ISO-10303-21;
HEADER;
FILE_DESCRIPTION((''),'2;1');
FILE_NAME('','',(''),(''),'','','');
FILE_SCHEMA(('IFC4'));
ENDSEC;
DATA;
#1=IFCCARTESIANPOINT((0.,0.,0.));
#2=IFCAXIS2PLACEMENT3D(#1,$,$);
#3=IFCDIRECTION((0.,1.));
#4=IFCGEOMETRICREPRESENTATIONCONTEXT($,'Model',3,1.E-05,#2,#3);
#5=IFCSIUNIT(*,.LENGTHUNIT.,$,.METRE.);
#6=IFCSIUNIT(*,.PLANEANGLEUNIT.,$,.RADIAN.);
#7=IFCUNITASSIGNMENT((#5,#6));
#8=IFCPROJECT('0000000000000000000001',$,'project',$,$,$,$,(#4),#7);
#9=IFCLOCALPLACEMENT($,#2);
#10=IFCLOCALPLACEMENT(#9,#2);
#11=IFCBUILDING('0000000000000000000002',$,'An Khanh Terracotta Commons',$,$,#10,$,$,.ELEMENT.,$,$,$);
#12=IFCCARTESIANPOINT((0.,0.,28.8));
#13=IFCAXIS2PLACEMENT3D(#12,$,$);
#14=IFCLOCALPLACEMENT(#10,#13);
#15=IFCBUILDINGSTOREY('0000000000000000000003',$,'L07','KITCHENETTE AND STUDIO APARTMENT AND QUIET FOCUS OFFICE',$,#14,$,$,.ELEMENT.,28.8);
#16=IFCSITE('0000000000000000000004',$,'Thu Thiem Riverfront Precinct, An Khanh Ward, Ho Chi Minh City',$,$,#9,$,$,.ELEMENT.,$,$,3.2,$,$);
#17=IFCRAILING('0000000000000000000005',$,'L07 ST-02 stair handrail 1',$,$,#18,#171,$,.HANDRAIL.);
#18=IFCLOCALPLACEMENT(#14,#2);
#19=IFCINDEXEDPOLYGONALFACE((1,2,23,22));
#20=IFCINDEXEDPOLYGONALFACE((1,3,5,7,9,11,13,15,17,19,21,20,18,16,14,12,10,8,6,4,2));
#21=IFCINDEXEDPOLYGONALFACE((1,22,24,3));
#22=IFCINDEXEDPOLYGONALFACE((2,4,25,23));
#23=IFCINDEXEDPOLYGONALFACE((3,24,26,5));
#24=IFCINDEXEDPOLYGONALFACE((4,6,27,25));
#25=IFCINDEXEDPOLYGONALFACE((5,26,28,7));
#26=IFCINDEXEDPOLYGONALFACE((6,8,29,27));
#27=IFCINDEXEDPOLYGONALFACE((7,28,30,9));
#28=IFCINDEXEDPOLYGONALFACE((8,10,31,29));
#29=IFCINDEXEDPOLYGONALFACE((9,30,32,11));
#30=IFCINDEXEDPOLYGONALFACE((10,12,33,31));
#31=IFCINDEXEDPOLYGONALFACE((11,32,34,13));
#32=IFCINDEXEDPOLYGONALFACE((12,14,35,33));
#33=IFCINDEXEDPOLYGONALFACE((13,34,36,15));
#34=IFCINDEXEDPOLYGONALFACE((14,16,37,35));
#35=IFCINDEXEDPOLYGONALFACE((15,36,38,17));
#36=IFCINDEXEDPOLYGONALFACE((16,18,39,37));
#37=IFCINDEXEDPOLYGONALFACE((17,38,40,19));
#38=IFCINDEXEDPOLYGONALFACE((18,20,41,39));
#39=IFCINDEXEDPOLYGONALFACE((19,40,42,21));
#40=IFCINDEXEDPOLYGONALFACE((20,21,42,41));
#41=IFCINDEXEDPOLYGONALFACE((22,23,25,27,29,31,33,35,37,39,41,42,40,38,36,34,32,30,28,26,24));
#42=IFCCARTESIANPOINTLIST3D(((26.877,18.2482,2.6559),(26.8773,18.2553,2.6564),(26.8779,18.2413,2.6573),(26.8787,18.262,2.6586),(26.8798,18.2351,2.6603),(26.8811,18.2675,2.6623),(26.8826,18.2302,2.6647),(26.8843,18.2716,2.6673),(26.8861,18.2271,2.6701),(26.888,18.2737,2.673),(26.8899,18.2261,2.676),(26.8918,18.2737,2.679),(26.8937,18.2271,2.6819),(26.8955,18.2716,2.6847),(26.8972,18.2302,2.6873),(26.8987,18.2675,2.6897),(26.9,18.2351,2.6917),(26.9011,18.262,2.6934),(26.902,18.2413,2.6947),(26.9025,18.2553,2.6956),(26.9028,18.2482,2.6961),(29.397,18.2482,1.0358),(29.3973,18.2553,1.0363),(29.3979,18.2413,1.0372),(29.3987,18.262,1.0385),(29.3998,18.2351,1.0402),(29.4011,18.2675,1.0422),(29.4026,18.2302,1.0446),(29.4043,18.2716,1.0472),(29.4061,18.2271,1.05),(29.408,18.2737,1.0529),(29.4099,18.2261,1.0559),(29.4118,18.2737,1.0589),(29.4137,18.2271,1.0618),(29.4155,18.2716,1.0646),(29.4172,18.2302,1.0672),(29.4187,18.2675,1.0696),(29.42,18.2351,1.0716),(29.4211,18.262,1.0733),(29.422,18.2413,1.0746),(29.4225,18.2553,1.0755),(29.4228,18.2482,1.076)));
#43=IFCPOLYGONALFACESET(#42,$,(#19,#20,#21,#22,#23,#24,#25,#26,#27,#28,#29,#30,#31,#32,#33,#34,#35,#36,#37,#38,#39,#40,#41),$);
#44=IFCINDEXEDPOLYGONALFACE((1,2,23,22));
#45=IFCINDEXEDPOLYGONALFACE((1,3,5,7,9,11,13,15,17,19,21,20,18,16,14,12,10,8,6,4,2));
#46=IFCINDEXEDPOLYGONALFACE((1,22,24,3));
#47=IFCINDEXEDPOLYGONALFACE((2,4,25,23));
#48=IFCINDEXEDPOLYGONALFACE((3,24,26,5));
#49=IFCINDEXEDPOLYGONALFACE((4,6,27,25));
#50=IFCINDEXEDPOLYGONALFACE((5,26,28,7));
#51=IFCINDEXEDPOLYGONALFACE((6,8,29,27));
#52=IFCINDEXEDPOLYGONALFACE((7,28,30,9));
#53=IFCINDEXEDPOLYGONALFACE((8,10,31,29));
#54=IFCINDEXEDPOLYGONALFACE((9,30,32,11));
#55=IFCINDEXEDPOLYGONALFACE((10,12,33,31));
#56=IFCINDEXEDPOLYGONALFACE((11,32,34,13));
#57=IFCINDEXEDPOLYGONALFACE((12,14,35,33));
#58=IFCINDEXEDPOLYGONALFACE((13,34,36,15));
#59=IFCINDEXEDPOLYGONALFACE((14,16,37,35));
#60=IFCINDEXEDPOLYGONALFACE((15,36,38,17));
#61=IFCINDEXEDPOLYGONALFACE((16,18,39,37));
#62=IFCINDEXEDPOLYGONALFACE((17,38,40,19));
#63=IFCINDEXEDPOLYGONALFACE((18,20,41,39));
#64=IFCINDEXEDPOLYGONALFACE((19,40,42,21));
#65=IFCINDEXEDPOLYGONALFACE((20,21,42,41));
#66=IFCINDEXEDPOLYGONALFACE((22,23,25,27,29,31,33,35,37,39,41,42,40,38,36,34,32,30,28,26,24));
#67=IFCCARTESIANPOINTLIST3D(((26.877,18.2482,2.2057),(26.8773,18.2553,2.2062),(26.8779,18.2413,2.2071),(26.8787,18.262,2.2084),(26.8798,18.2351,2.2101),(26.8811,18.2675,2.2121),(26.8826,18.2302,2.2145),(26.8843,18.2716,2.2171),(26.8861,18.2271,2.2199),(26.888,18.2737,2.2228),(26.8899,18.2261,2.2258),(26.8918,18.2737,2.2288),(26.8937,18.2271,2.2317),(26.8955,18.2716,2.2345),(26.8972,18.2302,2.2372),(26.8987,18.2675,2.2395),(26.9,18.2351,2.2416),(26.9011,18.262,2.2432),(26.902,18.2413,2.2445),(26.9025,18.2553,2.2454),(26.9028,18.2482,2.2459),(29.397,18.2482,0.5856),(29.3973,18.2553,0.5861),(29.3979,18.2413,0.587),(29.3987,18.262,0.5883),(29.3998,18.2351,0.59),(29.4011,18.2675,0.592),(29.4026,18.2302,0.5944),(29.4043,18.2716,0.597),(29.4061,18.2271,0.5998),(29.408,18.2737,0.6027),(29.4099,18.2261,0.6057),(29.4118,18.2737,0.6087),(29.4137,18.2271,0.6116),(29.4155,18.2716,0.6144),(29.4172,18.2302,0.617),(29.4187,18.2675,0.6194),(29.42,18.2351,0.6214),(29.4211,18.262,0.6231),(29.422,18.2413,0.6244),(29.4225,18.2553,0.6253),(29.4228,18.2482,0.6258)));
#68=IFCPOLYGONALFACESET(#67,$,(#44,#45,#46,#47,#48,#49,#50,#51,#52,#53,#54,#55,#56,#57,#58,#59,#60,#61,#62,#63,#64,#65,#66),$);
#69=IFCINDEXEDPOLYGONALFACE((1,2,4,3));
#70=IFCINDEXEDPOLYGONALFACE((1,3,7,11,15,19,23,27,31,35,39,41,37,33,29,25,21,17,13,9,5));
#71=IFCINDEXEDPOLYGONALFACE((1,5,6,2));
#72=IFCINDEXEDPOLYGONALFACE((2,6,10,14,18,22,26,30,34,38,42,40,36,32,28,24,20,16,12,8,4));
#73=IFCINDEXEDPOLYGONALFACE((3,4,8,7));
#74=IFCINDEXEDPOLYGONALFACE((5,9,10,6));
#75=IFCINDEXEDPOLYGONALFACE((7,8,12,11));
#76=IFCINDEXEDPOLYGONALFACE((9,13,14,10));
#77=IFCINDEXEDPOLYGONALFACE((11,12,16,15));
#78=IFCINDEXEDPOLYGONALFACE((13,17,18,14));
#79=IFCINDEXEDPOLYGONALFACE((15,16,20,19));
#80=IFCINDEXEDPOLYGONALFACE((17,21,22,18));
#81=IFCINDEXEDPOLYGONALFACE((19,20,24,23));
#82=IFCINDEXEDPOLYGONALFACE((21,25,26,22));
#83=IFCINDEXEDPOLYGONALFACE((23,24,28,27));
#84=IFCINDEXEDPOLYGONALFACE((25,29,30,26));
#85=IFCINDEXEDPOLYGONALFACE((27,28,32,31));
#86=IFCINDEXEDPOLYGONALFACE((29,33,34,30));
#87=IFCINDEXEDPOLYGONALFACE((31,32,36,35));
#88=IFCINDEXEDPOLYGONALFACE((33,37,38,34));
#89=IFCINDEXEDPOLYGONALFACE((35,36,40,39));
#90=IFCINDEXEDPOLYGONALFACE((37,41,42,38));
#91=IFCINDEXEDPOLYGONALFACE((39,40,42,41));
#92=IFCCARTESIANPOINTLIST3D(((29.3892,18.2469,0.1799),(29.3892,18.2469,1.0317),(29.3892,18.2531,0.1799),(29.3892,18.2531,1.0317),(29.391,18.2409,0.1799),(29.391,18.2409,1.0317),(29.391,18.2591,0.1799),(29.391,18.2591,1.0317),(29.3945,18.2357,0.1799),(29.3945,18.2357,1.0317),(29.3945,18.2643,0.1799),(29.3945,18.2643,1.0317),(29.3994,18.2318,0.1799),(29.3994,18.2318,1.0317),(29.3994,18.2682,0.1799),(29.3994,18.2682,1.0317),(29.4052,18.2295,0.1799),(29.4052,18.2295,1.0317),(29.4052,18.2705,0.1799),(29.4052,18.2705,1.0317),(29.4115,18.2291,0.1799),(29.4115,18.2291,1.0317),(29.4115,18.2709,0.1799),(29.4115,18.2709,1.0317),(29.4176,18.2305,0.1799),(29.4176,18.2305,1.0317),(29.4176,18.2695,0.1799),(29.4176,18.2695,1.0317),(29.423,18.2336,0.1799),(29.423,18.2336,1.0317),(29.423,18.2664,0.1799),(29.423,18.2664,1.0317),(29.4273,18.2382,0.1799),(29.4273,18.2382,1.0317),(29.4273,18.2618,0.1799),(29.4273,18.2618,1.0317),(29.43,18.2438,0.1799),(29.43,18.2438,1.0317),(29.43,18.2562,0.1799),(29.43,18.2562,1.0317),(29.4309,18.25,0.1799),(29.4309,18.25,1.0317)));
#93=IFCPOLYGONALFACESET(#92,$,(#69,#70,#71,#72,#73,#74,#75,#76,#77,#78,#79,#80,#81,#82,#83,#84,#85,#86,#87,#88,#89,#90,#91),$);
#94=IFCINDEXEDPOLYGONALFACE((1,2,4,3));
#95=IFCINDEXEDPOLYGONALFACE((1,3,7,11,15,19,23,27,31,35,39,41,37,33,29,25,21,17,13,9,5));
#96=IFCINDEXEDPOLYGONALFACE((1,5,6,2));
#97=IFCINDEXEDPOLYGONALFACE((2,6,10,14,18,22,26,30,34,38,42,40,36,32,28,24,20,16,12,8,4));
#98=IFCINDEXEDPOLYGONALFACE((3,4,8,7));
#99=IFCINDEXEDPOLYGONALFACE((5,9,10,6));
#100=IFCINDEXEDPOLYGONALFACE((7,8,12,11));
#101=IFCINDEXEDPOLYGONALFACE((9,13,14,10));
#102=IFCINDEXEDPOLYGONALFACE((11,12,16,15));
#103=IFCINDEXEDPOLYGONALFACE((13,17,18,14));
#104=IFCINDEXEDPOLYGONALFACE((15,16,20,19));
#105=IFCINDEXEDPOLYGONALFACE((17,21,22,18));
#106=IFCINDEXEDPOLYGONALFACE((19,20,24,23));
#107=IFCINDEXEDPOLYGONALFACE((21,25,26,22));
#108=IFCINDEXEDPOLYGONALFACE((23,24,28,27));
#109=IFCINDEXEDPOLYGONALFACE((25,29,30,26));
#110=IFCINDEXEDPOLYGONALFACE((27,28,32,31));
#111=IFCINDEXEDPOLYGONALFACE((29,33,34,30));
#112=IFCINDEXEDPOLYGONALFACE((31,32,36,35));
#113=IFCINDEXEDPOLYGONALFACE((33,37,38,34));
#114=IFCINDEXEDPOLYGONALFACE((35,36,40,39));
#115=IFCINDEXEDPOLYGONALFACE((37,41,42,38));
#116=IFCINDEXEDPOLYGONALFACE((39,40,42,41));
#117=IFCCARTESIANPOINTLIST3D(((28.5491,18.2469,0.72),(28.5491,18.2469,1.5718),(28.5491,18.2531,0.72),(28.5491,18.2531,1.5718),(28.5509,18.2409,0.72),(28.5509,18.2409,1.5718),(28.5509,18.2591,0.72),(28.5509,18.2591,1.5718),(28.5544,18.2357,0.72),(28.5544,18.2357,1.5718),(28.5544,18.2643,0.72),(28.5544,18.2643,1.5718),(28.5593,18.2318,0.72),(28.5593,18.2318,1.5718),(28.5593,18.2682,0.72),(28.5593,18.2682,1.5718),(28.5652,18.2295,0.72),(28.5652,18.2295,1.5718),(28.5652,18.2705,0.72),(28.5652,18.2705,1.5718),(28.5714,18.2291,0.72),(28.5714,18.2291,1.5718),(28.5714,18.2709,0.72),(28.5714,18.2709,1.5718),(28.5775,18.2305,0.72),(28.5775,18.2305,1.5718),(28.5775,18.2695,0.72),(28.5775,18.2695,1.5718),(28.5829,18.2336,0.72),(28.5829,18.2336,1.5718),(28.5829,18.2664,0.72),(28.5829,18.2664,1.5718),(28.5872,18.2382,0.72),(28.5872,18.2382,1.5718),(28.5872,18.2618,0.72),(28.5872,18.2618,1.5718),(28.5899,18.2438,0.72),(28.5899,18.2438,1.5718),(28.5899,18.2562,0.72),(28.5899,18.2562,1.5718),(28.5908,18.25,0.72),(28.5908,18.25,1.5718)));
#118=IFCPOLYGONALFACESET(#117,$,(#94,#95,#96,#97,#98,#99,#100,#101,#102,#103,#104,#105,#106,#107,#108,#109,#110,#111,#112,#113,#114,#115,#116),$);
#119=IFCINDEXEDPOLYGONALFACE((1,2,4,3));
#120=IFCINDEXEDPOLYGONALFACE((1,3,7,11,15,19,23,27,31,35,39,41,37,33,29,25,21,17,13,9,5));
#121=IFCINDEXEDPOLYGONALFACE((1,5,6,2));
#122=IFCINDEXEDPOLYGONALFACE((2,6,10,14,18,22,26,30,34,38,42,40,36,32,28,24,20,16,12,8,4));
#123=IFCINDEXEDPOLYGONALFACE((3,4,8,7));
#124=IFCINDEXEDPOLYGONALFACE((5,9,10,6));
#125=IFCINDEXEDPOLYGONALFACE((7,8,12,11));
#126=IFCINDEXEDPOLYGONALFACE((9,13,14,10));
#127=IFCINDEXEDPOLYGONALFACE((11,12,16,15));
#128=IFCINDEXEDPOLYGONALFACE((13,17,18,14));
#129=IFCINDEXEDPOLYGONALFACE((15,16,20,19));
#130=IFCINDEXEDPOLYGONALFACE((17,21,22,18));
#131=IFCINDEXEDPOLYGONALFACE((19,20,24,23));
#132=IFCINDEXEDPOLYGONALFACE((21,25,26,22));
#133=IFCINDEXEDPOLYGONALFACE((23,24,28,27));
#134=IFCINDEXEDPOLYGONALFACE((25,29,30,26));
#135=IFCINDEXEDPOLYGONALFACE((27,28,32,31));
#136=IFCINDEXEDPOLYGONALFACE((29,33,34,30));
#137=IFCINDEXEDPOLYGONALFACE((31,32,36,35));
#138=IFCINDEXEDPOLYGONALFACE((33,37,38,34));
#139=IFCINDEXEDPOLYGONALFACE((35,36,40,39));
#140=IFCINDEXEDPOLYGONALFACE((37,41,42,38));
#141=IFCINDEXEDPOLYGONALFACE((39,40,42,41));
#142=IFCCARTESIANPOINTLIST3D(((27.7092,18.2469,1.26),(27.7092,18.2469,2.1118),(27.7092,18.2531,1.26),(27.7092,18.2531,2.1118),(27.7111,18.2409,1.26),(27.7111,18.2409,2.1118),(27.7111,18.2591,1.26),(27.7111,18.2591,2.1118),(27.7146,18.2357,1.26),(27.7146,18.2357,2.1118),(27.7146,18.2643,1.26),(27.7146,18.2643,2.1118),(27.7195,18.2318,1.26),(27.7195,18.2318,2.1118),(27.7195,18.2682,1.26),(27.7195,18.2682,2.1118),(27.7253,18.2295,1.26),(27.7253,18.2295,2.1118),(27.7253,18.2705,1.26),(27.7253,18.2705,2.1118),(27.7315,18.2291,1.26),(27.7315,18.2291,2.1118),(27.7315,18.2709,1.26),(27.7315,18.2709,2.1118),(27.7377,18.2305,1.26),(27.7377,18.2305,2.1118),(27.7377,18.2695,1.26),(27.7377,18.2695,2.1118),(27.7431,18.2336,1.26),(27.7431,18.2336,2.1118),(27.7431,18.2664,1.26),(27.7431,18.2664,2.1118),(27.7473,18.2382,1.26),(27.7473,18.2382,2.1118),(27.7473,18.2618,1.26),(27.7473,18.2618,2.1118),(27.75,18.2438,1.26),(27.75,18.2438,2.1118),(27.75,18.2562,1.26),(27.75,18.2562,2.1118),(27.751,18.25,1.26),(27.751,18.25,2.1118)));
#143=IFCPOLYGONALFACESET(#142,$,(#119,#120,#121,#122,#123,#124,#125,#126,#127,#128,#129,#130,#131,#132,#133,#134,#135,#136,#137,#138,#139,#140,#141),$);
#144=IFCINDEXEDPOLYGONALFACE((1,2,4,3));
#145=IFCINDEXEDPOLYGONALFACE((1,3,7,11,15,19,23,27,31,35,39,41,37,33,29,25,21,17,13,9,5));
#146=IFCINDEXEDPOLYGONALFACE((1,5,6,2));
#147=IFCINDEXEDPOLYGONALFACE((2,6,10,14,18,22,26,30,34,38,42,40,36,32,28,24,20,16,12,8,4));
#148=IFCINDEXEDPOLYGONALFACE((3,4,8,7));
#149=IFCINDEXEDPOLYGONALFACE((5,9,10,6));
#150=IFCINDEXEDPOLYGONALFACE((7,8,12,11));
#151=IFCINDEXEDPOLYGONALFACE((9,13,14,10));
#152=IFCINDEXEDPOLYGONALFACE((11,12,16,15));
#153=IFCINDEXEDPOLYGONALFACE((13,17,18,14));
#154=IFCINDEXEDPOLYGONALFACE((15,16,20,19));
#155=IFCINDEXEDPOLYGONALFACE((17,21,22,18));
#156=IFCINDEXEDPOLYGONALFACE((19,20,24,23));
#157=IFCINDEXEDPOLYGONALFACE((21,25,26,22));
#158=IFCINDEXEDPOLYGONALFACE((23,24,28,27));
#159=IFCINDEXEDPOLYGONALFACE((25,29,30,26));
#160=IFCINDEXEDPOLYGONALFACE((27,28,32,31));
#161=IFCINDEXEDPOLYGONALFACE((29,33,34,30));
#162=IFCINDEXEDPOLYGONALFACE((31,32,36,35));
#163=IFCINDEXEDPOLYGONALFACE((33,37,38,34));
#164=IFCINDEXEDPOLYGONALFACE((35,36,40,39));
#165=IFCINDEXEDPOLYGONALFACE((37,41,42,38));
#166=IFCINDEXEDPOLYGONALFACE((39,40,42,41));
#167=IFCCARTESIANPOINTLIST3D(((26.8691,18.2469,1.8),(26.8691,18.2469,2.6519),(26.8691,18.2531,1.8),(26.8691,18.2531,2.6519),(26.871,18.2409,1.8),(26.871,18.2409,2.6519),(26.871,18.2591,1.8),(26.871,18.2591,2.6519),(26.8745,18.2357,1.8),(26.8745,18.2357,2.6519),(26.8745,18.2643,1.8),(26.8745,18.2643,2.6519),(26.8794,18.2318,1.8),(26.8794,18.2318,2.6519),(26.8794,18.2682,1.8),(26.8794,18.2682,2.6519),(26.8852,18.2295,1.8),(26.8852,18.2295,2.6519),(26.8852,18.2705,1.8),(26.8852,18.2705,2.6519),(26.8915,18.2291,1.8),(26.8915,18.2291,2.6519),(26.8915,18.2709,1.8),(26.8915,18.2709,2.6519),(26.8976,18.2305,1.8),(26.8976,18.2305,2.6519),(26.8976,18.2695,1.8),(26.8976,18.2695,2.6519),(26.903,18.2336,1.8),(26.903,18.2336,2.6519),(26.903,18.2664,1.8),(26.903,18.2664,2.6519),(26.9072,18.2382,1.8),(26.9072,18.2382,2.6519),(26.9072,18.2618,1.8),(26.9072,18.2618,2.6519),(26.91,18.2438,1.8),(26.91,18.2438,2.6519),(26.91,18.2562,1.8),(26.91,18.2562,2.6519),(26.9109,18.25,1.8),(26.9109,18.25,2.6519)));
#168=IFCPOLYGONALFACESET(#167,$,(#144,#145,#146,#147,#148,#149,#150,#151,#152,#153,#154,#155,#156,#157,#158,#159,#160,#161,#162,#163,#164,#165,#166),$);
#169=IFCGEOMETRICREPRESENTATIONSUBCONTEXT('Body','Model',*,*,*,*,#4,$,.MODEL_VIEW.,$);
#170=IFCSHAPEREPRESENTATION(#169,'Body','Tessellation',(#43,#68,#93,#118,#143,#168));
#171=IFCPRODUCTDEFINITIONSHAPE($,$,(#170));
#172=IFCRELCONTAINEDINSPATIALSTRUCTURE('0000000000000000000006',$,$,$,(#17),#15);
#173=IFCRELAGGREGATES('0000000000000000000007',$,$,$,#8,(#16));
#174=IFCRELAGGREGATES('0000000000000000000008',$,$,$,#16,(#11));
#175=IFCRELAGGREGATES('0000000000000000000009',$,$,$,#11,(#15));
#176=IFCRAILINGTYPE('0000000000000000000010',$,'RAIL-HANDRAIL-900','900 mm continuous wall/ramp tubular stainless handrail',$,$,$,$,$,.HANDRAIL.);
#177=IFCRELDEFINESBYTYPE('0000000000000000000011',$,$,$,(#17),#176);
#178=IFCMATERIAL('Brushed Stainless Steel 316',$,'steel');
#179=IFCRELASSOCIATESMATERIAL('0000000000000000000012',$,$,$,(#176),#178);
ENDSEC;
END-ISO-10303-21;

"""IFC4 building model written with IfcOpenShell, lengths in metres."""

from ifc_helpers import new_model, si_unit, direction, frame, origin, origin_2d, place, context, subcontext, project, spatial, circle, extrude, material, type_object, element, save


model = new_model("IFC4")

# Units and contexts
model_context = context("Model", 3, precision=1e-05, world=origin(), true_north=direction((0.0, 1.0)))
body_context = subcontext(model_context, "Body", "Model", "MODEL_VIEW")
ifc_project = project(units=[si_unit("LENGTHUNIT", "METRE"), si_unit("PLANEANGLEUNIT", "RADIAN")], contexts=[model_context])

# Site, building, storey
site_placement = place(None, origin())
site = spatial("IfcSite", under=ifc_project, at=site_placement, Name="Thu Thiem Riverfront Precinct, An Khanh Ward, Ho Chi Minh City", CompositionType="ELEMENT", RefElevation=3.2)
building_placement = place(site_placement, origin())
building = spatial("IfcBuilding", under=site, at=building_placement, Name="An Khanh Terracotta Commons", CompositionType="ELEMENT")
storey_placement = place(building_placement, frame((0.0, 0.0, 28.8)))
storey = spatial("IfcBuildingStorey", under=building, at=storey_placement, Name="L07", Description="KITCHENETTE AND STUDIO APARTMENT AND QUIET FOCUS OFFICE", CompositionType="ELEMENT", Elevation=28.8)

# Railing
ifc_material_1 = material(Name="Brushed Stainless Steel 316", Category="steel")
railing_type = type_object("IfcRailingType", Name="RAIL-HANDRAIL-900", Description="900 mm continuous wall/ramp tubular stainless handrail", PredefinedType="HANDRAIL", material=ifc_material_1)
railing_placement = place(storey_placement, frame((29.4099, 18.25, 0.1799)))
element("IfcRailing", 1, at=railing_placement, inside=storey, type_object=railing_type, Name="L07 ST-02 stair handrail 1", PredefinedType="HANDRAIL", context=body_context, shape_type="SweptSolid", body=[
    extrude(circle(Radius=0.0239, at=origin_2d()), frame((0.0, 0.0, 0.876), z_axis=(-0.841163, 0.0, 0.540782), x_axis=(0.0, -1.0, 0.0)), (0.0, 0.0, 1.0), 2.9958),
    extrude(circle(Radius=0.0239, at=origin_2d()), frame((0.0, 0.0, 0.4258), z_axis=(-0.841163, 0.0, 0.540782), x_axis=(0.0, -1.0, 0.0)), (0.0, 0.0, 1.0), 2.9958),
    extrude(circle(Radius=0.021, at=origin_2d()), origin(), (0.0, 0.0, 1.0), 0.8518),
    extrude(circle(Radius=0.021, at=origin_2d()), frame((-0.8401, 0.0, 0.54)), (0.0, 0.0, 1.0), 0.8518),
    extrude(circle(Radius=0.021, at=origin_2d()), frame((-1.6799, 0.0, 1.0801)), (0.0, 0.0, 1.0), 0.8518),
    extrude(circle(Radius=0.021, at=origin_2d()), frame((-2.52, 0.0, 1.6201)), (0.0, 0.0, 1.0), 0.8518),
])

save(model, "model.ifc")
